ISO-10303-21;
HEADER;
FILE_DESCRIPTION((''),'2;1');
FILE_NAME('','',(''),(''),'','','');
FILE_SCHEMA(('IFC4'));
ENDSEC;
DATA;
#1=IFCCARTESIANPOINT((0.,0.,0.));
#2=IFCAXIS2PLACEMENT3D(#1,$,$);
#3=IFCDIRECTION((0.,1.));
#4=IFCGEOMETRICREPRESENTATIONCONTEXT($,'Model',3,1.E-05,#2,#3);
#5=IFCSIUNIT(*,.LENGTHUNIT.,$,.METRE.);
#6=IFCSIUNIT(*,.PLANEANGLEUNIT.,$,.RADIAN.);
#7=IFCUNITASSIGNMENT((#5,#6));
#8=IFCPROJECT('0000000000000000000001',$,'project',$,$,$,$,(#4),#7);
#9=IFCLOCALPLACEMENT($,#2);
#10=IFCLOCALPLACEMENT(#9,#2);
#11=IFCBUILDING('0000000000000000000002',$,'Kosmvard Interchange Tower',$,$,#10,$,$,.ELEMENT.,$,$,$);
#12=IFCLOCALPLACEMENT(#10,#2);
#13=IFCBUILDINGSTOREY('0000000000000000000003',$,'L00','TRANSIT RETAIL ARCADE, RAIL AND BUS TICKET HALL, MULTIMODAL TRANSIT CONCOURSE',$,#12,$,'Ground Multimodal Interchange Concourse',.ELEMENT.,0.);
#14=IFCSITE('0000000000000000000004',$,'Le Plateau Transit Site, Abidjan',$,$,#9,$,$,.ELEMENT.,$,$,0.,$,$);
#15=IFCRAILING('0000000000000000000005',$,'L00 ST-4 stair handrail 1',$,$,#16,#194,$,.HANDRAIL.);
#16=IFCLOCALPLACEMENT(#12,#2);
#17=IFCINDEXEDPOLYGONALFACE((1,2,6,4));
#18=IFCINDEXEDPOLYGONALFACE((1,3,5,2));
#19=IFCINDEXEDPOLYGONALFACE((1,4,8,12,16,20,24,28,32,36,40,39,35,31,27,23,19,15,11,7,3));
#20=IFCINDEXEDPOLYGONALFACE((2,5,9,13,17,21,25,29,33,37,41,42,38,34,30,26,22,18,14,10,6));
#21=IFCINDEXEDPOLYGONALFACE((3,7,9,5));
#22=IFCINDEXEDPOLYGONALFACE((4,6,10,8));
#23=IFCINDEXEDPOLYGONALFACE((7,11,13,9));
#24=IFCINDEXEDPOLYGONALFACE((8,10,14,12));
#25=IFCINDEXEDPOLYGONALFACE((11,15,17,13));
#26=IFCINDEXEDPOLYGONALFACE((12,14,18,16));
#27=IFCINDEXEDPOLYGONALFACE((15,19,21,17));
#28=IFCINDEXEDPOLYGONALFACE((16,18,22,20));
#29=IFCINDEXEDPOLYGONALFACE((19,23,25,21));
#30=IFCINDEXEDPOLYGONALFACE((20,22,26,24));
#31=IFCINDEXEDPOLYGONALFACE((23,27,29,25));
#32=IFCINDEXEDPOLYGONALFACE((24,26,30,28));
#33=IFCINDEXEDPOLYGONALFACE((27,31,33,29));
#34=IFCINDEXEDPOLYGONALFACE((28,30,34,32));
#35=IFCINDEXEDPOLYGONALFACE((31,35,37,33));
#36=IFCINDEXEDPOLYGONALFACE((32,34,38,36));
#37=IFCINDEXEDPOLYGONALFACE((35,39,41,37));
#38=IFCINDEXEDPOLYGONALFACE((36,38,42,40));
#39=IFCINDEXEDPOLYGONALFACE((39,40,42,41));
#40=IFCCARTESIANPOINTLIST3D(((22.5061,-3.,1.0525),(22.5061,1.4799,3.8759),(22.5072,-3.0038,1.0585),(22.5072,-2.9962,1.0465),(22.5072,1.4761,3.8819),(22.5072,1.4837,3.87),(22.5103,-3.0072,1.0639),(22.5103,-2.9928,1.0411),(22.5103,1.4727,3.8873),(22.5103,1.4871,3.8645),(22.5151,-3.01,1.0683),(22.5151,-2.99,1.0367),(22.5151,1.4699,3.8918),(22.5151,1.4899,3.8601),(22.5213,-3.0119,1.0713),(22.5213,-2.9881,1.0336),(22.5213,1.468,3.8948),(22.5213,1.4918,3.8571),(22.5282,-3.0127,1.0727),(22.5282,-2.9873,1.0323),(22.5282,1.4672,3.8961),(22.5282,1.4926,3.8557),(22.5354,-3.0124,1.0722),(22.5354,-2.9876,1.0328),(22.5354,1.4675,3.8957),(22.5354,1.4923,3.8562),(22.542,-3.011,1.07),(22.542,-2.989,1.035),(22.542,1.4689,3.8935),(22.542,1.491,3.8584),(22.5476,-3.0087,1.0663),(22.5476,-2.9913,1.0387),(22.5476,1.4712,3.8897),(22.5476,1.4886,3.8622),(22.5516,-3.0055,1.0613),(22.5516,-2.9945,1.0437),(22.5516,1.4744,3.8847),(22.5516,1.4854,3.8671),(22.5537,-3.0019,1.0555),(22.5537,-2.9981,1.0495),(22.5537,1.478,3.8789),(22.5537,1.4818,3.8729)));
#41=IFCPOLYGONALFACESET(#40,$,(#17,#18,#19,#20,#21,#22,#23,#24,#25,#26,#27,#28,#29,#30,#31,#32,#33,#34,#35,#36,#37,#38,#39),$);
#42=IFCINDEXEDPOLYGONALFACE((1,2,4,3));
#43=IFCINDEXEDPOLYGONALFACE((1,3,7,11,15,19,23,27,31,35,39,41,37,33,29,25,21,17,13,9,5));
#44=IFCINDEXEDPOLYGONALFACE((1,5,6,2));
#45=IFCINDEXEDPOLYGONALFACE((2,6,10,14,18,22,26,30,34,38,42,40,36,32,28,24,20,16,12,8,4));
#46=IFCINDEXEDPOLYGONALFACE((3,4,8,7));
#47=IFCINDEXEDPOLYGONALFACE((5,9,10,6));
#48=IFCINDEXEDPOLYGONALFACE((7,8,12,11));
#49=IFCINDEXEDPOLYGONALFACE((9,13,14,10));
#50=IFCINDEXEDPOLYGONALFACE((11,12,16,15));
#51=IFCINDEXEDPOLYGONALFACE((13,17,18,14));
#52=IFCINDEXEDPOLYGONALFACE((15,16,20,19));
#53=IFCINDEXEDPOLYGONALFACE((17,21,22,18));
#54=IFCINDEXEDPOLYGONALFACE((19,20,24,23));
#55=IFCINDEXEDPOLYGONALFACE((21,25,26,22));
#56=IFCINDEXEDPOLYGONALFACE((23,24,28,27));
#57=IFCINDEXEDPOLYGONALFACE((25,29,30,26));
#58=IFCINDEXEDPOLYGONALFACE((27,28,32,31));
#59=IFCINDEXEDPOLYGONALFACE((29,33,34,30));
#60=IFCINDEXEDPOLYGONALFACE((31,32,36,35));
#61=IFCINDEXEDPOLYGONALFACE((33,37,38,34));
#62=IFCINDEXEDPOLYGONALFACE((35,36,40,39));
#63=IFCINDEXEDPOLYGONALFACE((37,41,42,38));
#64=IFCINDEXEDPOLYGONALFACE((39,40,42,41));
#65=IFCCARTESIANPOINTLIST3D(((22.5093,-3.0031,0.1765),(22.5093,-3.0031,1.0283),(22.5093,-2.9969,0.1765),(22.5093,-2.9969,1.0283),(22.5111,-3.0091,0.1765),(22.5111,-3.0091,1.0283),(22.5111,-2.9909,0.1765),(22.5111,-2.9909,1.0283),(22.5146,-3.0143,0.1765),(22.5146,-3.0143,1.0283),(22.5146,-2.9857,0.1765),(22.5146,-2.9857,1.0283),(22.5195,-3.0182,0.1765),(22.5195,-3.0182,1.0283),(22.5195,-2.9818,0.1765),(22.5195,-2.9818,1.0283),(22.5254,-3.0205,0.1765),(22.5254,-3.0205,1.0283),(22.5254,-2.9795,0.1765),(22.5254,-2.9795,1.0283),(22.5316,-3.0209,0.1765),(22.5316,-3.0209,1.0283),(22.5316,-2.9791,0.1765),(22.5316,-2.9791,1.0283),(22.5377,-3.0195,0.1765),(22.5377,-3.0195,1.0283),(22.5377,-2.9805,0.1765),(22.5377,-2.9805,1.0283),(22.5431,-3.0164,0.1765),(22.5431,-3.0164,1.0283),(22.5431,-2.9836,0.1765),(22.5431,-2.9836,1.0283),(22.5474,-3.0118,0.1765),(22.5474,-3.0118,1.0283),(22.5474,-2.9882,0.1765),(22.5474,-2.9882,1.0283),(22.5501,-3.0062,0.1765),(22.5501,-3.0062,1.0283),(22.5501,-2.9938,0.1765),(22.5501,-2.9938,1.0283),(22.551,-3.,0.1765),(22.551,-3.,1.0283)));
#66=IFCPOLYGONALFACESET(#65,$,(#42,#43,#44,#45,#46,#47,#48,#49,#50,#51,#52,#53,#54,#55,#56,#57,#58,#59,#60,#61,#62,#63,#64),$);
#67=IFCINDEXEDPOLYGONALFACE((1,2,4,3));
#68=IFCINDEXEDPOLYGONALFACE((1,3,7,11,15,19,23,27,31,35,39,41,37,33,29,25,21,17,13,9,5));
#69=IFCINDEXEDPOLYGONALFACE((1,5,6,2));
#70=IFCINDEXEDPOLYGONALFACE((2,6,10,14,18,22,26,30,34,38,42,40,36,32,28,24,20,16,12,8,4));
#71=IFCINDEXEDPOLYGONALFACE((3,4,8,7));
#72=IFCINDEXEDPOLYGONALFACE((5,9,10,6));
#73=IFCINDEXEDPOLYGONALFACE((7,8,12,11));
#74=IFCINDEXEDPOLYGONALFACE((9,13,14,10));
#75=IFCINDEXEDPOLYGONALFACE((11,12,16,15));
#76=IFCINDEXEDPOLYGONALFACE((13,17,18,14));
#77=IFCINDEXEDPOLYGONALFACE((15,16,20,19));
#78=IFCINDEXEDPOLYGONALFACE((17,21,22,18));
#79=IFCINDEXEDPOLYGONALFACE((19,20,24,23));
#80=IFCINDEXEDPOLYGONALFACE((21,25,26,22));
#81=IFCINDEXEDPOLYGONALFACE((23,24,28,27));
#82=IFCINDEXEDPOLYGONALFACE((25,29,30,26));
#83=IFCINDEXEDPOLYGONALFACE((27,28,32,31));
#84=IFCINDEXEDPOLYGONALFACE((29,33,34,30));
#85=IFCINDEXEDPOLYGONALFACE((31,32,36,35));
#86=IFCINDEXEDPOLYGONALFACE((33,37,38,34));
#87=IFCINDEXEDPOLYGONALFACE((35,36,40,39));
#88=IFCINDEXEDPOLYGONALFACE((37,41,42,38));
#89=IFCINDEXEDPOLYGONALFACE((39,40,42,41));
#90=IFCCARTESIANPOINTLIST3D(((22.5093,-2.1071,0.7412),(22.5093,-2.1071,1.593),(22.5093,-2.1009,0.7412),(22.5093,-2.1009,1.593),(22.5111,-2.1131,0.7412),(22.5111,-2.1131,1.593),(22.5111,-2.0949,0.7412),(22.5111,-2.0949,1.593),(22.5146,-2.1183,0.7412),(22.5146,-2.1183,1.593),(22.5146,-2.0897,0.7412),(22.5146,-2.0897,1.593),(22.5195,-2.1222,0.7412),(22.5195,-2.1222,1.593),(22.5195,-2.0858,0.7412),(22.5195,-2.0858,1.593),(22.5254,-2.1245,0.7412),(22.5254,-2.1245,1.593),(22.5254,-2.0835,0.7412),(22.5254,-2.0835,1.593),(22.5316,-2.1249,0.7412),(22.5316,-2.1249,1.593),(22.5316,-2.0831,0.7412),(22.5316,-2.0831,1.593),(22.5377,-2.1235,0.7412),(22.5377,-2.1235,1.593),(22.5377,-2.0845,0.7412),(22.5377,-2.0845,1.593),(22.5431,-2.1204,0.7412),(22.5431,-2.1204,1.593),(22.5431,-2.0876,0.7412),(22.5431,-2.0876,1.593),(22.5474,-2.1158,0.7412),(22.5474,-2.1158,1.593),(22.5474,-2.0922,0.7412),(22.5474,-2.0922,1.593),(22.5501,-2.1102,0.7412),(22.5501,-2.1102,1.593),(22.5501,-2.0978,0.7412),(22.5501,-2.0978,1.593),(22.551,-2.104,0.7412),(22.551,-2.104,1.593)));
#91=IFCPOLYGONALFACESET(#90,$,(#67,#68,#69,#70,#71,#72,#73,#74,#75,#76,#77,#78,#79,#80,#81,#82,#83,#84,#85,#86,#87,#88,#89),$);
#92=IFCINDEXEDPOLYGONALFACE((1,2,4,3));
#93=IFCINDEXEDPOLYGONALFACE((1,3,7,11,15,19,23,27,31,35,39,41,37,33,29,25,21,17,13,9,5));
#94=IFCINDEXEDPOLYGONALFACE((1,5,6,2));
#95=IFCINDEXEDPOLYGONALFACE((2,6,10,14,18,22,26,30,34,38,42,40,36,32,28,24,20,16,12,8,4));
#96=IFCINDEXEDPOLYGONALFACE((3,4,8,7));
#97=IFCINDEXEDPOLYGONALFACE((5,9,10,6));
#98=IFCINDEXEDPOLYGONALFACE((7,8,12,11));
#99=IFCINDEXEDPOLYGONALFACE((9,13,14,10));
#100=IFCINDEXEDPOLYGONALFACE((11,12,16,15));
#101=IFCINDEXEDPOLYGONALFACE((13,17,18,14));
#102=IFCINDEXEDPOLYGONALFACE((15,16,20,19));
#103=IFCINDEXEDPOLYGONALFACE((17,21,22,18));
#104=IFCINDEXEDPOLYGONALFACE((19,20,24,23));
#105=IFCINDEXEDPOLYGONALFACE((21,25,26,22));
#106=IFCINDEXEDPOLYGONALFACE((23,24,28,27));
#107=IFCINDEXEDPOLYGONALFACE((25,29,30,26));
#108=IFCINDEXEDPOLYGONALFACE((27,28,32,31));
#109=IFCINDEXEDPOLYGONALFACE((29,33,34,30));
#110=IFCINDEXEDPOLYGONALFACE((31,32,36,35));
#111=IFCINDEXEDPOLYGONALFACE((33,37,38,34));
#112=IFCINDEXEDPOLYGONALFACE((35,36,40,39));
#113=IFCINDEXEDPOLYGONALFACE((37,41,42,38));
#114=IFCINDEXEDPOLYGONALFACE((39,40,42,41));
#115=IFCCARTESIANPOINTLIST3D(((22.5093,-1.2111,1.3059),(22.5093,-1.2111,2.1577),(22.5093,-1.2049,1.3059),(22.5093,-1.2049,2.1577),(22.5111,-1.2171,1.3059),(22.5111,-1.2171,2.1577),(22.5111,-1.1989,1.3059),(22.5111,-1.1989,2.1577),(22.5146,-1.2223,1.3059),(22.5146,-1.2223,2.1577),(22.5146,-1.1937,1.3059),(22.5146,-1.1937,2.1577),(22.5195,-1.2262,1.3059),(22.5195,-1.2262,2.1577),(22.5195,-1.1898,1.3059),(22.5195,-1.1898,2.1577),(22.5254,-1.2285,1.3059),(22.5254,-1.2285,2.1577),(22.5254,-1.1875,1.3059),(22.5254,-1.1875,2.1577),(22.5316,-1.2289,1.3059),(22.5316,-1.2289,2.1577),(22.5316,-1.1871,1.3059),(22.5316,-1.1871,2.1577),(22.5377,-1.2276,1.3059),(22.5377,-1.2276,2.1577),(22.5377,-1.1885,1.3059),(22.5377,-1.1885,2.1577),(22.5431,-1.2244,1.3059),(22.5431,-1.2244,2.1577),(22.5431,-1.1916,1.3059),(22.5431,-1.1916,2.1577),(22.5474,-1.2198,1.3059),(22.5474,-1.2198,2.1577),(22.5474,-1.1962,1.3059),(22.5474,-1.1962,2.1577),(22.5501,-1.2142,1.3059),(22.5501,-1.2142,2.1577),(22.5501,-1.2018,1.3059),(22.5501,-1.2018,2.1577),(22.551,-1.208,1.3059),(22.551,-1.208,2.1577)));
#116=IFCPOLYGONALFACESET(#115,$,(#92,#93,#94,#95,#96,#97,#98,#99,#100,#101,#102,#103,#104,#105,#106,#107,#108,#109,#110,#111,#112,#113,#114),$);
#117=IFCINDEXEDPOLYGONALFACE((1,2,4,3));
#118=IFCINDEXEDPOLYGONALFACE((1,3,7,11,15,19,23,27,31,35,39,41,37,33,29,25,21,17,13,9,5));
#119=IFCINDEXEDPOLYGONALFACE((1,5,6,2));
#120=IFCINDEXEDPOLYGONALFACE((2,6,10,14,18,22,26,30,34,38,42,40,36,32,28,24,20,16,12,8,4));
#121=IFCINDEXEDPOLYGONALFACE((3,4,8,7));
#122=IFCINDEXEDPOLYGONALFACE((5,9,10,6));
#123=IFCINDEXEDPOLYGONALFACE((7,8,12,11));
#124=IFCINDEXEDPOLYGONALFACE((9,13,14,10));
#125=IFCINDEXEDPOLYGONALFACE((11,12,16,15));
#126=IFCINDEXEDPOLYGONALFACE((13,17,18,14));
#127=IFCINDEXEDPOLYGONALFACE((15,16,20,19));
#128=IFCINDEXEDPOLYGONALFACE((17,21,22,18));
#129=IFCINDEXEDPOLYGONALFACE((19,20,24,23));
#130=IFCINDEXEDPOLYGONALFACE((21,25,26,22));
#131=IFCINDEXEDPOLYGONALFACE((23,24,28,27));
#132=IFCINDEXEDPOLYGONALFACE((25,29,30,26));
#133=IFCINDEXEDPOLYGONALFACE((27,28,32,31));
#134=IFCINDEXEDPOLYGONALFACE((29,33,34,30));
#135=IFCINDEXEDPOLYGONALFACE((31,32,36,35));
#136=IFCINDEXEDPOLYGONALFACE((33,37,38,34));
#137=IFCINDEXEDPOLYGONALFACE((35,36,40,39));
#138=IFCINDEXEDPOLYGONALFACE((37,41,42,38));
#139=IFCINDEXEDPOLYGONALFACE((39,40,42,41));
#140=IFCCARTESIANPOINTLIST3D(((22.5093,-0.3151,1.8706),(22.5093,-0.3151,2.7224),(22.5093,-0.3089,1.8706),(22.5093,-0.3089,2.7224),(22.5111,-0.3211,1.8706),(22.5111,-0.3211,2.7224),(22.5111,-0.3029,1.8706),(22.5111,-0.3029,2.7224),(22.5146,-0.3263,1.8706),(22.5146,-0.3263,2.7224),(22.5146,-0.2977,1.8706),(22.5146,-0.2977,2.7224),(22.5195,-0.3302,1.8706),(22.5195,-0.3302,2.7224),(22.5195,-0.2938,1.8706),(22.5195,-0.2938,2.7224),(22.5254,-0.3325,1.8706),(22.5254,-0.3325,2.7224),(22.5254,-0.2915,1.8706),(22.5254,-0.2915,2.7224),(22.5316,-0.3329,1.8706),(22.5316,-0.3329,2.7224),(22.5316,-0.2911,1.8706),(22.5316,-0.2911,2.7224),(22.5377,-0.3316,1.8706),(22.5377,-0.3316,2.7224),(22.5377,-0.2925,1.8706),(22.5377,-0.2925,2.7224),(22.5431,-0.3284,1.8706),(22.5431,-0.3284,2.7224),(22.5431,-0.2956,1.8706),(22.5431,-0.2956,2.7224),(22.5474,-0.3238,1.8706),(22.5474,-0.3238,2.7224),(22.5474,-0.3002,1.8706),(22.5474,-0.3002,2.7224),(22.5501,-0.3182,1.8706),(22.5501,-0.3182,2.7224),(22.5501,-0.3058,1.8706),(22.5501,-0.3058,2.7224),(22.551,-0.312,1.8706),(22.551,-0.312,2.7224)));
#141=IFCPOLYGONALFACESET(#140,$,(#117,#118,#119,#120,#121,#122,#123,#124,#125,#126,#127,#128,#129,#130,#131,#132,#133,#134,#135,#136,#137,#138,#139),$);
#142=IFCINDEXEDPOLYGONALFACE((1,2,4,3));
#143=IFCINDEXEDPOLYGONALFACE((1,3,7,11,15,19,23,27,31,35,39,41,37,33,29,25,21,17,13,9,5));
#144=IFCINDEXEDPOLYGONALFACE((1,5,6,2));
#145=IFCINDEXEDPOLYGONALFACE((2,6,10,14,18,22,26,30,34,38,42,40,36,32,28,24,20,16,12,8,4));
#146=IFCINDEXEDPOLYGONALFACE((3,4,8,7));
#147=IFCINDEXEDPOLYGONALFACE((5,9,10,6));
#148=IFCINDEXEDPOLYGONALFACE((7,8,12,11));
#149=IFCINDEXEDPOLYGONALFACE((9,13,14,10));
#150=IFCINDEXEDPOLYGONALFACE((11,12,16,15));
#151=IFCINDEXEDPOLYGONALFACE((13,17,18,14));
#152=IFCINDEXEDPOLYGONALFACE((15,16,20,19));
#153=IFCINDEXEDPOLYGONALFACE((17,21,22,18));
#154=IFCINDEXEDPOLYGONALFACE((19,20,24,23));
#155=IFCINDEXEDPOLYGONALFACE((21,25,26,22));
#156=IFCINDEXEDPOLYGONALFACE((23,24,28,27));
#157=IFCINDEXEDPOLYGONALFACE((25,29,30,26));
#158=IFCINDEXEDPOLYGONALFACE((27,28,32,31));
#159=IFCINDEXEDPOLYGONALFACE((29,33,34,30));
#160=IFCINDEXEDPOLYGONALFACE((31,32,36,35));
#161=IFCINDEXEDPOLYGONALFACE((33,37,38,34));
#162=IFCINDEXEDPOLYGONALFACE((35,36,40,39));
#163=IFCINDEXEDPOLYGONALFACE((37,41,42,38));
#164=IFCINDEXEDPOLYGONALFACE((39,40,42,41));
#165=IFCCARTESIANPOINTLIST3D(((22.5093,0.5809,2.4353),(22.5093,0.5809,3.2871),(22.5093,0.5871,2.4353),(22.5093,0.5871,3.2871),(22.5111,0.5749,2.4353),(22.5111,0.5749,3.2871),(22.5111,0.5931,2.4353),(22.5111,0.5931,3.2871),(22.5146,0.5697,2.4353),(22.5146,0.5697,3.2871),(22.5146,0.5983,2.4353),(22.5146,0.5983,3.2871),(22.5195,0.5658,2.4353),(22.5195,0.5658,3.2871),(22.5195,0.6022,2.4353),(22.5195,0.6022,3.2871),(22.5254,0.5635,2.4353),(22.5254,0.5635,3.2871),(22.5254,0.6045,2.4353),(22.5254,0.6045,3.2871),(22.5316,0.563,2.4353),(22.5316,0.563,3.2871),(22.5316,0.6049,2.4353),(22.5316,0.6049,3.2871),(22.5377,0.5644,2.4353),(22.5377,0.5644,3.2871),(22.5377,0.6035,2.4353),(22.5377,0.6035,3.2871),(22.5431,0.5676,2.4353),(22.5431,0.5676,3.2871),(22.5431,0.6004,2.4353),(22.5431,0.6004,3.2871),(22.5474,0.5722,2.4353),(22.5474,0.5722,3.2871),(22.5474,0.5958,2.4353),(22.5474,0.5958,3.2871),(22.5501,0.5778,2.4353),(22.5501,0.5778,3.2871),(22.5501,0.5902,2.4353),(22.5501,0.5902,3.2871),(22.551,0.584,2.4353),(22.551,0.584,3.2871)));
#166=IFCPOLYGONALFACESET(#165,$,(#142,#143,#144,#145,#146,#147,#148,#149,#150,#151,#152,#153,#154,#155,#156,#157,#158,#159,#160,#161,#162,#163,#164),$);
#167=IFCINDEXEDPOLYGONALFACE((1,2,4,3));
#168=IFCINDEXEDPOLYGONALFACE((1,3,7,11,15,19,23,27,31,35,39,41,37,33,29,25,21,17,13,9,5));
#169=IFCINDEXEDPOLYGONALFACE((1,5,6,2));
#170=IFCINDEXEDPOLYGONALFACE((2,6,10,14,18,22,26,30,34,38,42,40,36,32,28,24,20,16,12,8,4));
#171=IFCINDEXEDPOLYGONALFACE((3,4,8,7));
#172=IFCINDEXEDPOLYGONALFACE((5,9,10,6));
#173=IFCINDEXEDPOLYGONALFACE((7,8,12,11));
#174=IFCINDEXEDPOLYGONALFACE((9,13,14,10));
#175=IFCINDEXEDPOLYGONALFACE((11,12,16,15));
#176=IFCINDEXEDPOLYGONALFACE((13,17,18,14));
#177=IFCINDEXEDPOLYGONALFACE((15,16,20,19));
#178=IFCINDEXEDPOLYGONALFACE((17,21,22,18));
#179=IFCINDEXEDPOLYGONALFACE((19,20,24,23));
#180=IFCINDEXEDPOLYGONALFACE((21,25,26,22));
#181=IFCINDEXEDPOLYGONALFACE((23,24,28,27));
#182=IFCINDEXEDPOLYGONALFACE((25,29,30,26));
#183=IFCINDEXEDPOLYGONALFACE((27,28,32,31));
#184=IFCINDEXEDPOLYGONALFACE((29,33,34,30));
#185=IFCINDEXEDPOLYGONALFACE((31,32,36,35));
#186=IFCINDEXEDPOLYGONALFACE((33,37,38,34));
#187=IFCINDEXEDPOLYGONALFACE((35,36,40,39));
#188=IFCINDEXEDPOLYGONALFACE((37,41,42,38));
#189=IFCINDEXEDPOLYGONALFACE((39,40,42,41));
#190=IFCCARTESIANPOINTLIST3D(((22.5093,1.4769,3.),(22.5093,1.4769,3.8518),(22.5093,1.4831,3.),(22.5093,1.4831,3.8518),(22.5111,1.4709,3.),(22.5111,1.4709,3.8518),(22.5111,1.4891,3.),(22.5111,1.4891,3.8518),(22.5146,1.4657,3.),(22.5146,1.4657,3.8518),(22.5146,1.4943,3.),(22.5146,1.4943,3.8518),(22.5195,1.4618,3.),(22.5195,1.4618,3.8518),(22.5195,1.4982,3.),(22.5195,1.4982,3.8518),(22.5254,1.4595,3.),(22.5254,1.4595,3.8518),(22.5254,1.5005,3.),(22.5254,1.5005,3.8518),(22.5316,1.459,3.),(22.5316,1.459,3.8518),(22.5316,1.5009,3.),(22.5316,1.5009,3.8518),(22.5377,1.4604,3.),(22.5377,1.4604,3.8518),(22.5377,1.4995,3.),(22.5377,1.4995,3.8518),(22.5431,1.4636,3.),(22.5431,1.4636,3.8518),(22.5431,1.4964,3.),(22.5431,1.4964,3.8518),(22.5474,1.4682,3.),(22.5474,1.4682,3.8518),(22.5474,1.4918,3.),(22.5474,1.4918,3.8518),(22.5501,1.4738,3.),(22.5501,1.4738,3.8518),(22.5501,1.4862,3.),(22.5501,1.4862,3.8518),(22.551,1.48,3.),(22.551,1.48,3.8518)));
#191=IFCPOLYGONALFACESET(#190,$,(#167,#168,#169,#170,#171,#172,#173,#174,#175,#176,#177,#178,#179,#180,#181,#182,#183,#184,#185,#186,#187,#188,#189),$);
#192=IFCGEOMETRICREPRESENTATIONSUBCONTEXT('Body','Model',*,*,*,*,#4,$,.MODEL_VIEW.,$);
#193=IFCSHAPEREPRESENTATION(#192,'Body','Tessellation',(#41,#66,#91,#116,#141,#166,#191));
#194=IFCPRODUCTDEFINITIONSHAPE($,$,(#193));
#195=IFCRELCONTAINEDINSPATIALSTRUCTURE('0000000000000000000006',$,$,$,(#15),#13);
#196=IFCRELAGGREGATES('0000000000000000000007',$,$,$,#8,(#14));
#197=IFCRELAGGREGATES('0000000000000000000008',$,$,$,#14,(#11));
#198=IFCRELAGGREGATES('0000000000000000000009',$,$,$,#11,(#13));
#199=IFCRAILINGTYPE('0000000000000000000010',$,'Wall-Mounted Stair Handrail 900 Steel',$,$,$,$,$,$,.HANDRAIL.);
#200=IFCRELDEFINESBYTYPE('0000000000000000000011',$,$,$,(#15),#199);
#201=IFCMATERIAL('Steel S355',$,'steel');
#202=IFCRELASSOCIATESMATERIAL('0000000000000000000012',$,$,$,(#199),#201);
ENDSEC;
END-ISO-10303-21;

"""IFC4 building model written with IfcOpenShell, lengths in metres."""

from ifc_helpers import new_model, si_unit, direction, frame, origin, origin_2d, place, context, subcontext, project, spatial, circle, extrude, source, transform, mapped, material, type_object, element, save


model = new_model("IFC4")

# Units and contexts
model_context = context("Model", 3, precision=1e-05, world=origin(), true_north=direction((0.0, 1.0)))
body_context = subcontext(model_context, "Body", "Model", "MODEL_VIEW")
ifc_project = project(units=[si_unit("LENGTHUNIT", "METRE"), si_unit("PLANEANGLEUNIT", "RADIAN")], contexts=[model_context])

# Site, building, storey
site_placement = place(None, origin())
site = spatial("IfcSite", under=ifc_project, at=site_placement, Name="Le Plateau Transit Site, Abidjan", CompositionType="ELEMENT", RefElevation=0.0)
building_placement = place(site_placement, origin())
building = spatial("IfcBuilding", under=site, at=building_placement, Name="Kosmvard Interchange Tower", CompositionType="ELEMENT")
storey_placement = place(building_placement, origin())
storey = spatial("IfcBuildingStorey", under=building, at=storey_placement, Name="L00", Description="TRANSIT RETAIL ARCADE, RAIL AND BUS TICKET HALL, MULTIMODAL TRANSIT CONCOURSE", LongName="Ground Multimodal Interchange Concourse", CompositionType="ELEMENT", Elevation=0.0)

# Railing
ifc_material_1 = material(Name="Steel S355", Category="steel")
railing_type_1 = type_object("IfcRailingType", Name="Wall-Mounted Stair Handrail 900 Steel", PredefinedType="HANDRAIL", material=ifc_material_1)
shared_shape_1 = source(origin(), body_context, "Body", "SweptSolid", [
    extrude(circle(Radius=0.0239, at=origin_2d()), frame((0.0, 0.0, 0.876), z_axis=(0.0, 0.845998, 0.533186), x_axis=(-1.0, 0.0, 0.0)), (0.0, 0.0, 1.0), 5.2954),
    extrude(circle(Radius=0.021, at=origin_2d()), origin(), (0.0, 0.0, 1.0), 0.8518),
    extrude(circle(Radius=0.021, at=origin_2d()), frame((0.0, 0.896, 0.5647)), (0.0, 0.0, 1.0), 0.8518),
    extrude(circle(Radius=0.021, at=origin_2d()), frame((0.0, 1.792, 1.1294)), (0.0, 0.0, 1.0), 0.8518),
    extrude(circle(Radius=0.021, at=origin_2d()), frame((0.0, 2.688, 1.6941)), (0.0, 0.0, 1.0), 0.8518),
    extrude(circle(Radius=0.021, at=origin_2d()), frame((0.0, 3.584, 2.2588)), (0.0, 0.0, 1.0), 0.8518),
    extrude(circle(Radius=0.021, at=origin_2d()), frame((0.0, 4.48, 2.8235)), (0.0, 0.0, 1.0), 0.8518),
])
railing_1_placement = place(storey_placement, frame((22.53, -3.0, 0.1765)))
element("IfcRailing", 1, at=railing_1_placement, inside=storey, type_object=railing_type_1, Name="L00 ST-4 stair handrail 1", PredefinedType="HANDRAIL", context=body_context, shape_type="MappedRepresentation", body=[
    mapped(shared_shape_1, transform((0.0, 0.0, 0.0), scale=1.0)),
])

save(model, "model.ifc")
